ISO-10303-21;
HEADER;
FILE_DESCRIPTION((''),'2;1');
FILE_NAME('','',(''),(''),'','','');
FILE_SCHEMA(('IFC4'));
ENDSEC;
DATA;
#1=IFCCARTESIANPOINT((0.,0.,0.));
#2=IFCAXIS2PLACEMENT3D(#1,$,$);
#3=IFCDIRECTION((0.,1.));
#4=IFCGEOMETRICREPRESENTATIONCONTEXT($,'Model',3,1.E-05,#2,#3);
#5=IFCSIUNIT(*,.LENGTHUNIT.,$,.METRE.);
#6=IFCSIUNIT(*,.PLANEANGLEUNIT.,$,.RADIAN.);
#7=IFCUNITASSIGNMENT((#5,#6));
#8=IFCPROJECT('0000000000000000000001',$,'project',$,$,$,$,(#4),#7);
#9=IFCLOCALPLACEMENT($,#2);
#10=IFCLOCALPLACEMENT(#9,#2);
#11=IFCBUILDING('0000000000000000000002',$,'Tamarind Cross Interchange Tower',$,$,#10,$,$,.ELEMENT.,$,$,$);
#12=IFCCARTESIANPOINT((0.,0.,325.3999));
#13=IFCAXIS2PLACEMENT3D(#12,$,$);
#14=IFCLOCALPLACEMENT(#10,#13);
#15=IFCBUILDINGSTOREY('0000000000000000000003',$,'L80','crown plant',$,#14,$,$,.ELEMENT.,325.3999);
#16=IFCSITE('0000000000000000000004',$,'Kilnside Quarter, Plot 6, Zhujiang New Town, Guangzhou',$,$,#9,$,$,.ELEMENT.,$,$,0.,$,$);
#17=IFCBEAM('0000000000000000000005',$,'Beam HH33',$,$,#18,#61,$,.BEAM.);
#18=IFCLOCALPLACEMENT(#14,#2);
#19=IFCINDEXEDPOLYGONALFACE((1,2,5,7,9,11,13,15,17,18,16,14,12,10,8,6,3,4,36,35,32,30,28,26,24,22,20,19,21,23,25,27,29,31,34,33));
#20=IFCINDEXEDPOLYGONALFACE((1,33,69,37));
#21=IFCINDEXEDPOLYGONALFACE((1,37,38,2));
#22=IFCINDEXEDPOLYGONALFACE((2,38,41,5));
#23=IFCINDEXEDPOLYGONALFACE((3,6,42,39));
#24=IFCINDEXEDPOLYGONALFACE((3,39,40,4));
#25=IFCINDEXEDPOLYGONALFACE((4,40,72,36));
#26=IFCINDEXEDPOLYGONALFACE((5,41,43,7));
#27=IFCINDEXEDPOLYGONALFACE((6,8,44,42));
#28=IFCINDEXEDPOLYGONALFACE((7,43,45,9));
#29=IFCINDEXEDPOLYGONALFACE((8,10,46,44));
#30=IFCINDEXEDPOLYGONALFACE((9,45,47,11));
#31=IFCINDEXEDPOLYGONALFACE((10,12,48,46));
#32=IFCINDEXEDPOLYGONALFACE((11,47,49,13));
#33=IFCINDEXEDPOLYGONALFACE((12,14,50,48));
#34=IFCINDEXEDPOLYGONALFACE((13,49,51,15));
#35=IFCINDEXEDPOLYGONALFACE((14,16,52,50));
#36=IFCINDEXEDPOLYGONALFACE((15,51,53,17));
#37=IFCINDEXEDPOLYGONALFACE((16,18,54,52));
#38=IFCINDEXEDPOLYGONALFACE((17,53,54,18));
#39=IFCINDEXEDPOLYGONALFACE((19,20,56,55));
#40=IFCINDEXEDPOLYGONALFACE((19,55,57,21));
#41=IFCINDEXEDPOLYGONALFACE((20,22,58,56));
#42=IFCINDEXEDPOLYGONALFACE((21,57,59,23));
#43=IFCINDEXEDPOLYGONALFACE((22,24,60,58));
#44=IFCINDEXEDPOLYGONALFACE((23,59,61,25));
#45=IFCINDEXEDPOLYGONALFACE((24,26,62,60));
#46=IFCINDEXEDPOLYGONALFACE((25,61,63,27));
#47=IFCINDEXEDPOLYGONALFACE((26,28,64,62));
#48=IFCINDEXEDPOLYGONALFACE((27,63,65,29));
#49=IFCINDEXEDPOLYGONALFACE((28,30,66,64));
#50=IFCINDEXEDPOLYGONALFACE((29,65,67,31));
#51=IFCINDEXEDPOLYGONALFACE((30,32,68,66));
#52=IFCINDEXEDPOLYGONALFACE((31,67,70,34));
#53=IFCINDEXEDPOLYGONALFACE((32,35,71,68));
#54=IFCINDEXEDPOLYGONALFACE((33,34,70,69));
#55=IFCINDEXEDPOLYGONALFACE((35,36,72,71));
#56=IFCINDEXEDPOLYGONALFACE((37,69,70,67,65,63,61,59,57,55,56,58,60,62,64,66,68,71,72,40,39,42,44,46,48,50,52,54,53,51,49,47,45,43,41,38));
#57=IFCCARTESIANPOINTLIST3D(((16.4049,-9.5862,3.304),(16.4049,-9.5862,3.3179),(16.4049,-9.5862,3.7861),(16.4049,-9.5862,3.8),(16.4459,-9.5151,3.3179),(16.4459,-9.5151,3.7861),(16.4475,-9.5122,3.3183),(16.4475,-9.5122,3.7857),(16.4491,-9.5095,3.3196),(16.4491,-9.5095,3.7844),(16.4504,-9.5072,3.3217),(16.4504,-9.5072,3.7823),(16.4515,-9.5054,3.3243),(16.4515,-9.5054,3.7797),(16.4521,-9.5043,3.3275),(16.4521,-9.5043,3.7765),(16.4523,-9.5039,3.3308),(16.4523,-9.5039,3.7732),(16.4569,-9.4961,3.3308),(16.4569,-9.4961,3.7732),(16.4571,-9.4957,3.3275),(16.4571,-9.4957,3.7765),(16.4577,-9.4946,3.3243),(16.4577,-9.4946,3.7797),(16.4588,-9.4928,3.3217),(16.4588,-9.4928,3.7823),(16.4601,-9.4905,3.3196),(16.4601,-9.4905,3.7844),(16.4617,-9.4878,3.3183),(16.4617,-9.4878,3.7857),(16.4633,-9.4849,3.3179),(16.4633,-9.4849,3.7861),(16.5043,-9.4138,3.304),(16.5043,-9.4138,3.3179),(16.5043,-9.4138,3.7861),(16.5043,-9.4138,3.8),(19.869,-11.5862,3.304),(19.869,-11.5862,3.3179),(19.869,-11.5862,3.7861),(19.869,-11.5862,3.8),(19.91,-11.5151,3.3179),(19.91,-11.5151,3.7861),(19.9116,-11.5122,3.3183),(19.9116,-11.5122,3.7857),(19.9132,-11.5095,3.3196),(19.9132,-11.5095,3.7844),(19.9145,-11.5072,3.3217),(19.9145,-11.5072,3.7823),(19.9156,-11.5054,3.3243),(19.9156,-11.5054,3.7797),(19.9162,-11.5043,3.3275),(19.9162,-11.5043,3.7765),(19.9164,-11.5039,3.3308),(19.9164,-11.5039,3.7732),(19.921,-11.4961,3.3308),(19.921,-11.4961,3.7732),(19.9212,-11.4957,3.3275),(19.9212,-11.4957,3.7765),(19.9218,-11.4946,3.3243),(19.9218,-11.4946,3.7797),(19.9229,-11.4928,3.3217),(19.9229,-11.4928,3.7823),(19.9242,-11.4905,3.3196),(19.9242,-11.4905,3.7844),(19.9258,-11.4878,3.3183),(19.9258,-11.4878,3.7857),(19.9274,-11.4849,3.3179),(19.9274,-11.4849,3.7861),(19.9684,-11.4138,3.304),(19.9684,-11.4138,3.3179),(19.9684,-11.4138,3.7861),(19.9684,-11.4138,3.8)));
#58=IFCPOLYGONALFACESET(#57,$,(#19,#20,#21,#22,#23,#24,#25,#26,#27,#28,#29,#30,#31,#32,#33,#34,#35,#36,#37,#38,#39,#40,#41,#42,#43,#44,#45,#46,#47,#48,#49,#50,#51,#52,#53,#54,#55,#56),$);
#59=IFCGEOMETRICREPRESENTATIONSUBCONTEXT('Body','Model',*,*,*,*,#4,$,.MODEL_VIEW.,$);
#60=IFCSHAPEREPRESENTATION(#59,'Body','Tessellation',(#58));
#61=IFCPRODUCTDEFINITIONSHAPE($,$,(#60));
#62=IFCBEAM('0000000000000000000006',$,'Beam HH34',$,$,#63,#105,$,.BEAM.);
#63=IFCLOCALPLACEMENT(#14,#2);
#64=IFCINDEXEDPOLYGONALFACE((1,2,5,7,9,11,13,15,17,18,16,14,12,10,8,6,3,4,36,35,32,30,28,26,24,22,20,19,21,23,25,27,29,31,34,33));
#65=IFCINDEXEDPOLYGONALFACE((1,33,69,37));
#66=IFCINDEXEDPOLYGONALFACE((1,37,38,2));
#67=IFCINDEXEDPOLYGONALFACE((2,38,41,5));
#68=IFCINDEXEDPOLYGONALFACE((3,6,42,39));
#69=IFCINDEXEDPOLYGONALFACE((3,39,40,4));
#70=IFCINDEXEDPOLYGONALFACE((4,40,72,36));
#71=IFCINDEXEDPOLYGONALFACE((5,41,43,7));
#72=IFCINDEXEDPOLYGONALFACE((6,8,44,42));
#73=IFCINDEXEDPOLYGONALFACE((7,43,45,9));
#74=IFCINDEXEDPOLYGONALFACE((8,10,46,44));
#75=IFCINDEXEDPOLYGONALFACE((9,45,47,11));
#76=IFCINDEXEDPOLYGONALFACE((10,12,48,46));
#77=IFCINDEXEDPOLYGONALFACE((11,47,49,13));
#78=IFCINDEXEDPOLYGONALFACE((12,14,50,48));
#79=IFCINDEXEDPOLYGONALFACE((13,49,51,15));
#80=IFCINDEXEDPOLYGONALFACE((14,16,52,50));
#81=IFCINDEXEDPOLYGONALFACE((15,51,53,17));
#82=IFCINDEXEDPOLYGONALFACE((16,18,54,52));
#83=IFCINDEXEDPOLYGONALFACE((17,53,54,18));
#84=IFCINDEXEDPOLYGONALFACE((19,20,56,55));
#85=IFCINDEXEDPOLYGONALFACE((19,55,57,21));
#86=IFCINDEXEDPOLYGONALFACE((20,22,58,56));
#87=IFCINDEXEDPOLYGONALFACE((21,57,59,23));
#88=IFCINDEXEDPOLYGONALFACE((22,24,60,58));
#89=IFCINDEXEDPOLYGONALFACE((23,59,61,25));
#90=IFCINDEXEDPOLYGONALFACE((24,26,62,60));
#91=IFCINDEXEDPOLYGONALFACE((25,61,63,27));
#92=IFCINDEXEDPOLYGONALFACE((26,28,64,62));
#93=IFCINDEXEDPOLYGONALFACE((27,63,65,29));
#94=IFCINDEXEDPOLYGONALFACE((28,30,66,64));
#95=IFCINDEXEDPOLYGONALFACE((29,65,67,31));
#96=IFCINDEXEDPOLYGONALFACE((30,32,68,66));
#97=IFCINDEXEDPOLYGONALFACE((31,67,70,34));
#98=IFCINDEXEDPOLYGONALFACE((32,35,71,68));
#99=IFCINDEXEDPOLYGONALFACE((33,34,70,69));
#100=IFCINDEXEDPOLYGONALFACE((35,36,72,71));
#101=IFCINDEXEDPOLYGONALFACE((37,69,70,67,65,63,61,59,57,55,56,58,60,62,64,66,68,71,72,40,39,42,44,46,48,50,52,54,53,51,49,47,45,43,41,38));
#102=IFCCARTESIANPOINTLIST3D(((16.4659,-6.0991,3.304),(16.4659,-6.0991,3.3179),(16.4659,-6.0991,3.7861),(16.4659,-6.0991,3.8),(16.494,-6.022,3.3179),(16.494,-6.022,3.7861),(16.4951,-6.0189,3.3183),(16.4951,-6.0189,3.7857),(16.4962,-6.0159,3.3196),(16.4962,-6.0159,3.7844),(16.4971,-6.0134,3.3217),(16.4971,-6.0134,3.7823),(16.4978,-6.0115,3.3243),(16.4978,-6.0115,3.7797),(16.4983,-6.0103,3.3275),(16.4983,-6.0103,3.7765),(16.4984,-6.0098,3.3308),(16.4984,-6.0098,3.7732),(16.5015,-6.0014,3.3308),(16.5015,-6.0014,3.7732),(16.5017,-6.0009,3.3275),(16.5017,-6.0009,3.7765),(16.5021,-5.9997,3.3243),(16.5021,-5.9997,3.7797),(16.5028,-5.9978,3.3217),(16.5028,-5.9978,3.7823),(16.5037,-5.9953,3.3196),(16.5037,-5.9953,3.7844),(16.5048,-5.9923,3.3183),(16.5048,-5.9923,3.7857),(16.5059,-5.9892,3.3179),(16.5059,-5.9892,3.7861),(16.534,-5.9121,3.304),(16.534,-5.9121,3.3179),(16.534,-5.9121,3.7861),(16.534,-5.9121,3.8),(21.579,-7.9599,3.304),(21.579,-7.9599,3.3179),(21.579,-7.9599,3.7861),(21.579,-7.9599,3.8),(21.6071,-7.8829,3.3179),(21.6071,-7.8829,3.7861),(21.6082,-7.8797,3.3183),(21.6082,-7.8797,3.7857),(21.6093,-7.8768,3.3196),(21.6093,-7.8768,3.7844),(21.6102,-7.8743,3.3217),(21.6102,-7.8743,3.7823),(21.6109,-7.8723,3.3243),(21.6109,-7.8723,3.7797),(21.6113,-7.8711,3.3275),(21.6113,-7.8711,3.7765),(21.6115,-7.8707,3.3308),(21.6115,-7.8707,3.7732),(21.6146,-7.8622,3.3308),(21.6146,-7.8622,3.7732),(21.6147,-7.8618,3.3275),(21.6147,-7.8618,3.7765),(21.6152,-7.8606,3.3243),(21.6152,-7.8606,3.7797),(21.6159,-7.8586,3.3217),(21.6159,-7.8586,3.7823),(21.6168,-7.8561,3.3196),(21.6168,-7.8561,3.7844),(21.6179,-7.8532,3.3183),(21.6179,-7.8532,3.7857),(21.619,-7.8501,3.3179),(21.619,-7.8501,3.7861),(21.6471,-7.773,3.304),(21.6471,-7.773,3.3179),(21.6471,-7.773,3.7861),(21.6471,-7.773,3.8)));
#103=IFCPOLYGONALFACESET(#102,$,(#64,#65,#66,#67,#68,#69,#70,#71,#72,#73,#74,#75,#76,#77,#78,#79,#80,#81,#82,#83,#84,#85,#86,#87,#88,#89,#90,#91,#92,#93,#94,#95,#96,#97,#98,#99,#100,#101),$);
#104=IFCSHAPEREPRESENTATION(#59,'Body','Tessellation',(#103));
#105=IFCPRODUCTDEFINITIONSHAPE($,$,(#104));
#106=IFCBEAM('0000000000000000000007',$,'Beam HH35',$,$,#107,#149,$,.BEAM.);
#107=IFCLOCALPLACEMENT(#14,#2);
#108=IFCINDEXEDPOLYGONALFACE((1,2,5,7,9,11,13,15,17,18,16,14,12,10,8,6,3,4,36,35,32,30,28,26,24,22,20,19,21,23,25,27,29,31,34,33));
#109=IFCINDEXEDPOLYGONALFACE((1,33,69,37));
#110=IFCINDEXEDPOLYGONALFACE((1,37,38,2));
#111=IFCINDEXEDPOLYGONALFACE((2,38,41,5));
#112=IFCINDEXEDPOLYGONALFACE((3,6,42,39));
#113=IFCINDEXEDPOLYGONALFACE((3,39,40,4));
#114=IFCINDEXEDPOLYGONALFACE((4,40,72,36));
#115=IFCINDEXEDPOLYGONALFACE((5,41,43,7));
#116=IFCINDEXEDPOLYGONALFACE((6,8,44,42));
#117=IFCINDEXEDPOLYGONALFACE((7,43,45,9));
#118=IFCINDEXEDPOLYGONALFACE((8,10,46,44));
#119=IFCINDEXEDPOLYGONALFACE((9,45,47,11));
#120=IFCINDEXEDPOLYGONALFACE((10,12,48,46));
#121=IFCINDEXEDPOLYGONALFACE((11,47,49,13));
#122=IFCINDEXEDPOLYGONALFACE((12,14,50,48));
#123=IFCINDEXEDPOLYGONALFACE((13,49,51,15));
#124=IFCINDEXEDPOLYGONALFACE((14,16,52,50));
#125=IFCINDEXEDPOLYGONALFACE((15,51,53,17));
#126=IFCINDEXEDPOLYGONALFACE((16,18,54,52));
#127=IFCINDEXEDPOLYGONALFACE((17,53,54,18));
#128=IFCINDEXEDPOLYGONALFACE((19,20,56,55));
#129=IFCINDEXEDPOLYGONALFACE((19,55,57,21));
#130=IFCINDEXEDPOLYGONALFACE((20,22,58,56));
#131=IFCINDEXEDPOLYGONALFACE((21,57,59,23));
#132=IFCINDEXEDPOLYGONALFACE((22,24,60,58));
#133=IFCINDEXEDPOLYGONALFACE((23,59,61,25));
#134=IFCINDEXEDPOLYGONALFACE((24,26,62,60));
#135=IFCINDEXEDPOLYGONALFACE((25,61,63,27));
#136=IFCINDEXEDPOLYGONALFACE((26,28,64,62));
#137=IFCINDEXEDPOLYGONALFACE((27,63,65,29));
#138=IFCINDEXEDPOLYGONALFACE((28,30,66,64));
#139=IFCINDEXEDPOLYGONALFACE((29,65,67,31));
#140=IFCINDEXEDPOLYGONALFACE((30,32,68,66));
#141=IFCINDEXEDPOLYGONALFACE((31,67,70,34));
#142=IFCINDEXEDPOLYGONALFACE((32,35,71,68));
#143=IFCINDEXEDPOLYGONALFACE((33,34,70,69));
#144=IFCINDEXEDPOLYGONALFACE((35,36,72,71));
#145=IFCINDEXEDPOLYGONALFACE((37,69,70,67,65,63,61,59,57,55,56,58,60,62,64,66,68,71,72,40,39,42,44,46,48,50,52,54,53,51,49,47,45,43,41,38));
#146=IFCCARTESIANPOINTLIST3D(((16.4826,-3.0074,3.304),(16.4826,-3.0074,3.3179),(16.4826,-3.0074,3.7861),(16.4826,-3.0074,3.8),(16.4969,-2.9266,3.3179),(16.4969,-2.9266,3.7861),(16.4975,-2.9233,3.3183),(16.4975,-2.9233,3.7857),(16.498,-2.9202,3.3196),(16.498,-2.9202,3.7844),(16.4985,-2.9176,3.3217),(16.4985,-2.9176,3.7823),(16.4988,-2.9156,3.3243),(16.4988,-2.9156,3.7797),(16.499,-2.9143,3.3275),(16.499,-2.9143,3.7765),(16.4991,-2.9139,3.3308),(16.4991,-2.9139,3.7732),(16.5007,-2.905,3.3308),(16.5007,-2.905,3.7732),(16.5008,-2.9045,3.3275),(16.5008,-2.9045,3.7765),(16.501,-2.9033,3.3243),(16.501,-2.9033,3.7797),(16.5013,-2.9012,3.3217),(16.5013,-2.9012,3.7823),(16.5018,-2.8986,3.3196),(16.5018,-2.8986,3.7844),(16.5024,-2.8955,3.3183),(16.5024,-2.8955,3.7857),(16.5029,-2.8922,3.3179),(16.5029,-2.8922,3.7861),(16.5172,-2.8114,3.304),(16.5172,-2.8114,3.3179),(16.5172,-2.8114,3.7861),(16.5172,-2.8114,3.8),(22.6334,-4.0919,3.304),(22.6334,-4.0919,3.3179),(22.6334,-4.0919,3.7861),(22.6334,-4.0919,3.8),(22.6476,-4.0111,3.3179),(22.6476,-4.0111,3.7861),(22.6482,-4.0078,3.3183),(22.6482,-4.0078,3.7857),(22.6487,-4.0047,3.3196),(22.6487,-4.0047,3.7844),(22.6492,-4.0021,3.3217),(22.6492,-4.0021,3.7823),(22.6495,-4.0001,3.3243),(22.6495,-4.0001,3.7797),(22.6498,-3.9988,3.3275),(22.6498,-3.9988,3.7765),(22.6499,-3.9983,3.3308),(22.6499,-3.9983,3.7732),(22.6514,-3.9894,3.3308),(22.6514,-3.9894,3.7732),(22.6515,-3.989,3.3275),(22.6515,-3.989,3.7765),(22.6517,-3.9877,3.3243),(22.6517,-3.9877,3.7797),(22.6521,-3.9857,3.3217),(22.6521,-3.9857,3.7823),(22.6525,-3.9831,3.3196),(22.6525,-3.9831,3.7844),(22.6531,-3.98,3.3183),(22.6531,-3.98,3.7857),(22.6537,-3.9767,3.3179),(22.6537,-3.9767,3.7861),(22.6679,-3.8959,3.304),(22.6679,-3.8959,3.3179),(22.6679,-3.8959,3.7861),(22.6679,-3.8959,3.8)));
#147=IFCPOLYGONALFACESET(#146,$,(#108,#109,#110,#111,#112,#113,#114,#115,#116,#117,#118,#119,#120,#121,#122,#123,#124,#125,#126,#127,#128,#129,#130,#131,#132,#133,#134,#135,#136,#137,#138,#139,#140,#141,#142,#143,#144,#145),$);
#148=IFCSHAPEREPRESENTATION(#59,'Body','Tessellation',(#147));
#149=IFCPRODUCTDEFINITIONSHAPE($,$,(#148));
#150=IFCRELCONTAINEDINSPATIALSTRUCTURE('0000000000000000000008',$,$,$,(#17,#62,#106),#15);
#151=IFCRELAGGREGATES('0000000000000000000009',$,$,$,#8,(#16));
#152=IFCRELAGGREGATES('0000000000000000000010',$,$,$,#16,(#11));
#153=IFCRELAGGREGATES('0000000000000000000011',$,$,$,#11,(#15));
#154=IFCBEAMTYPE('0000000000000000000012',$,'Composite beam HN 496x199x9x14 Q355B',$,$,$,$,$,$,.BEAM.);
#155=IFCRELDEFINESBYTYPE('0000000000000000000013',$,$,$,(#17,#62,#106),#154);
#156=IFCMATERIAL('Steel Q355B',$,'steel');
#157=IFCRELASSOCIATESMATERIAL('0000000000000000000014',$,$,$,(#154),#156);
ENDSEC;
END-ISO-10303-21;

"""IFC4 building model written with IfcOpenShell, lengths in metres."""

from ifc_helpers import new_model, si_unit, direction, frame, origin, origin_2d, place, context, subcontext, project, spatial, i_section, extrude, material, material_profile, profile_set, type_object, element, save


model = new_model("IFC4")

# Units and contexts
model_context = context("Model", 3, precision=1e-05, world=origin(), true_north=direction((0.0, 1.0)))
body_context = subcontext(model_context, "Body", "Model", "MODEL_VIEW")
ifc_project = project(units=[si_unit("LENGTHUNIT", "METRE"), si_unit("PLANEANGLEUNIT", "RADIAN")], contexts=[model_context])

# Site, building, storey
site_placement = place(None, origin())
site = spatial("IfcSite", under=ifc_project, at=site_placement, Name="Kilnside Quarter, Plot 6, Zhujiang New Town, Guangzhou", CompositionType="ELEMENT", RefElevation=0.0)
building_placement = place(site_placement, origin())
building = spatial("IfcBuilding", under=site, at=building_placement, Name="Tamarind Cross Interchange Tower", CompositionType="ELEMENT")
storey_placement = place(building_placement, frame((0.0, 0.0, 325.3999)))
storey = spatial("IfcBuildingStorey", under=building, at=storey_placement, Name="L80", Description="crown plant", CompositionType="ELEMENT", Elevation=325.3999)

# Beams
ifc_material_1 = material(Name="Steel Q355B", Category="steel")
ifc_material_profile = material_profile(ifc_material_1, i_section(OverallWidth=0.199, OverallDepth=0.4961, WebThickness=0.009, FlangeThickness=0.0139, FilletRadius=0.0129, at=origin_2d()), Name="HN 496x199x9x14")
ifc_profile_set = profile_set([ifc_material_profile], Name="Steel Q355B")
beam_type = type_object("IfcBeamType", Name="Composite beam HN 496x199x9x14 Q355B", PredefinedType="BEAM", material=ifc_profile_set)
beam_1_placement = place(storey_placement, frame((19.9187, -11.5, 3.552), z_axis=(-0.866026, 0.499999, 0.0), x_axis=(-0.499999, -0.866026, 0.0)))
element("IfcBeam", 1, at=beam_1_placement, inside=storey, type_object=beam_type, Name="Beam HH33", PredefinedType="BEAM", context=body_context, shape_type="SweptSolid", body=[
    extrude(i_section(OverallWidth=0.199, OverallDepth=0.4961, WebThickness=0.009, FlangeThickness=0.0139, FilletRadius=0.0129, at=origin_2d()), origin(), (0.0, 0.0, 1.0), 4.0),
])
beam_2_placement = place(storey_placement, frame((21.613, -7.8665, 3.552), z_axis=(-0.939702, 0.341995, 0.0), x_axis=(-0.341995, -0.939702, 0.0)))
element("IfcBeam", 2, at=beam_2_placement, inside=storey, type_object=beam_type, Name="Beam HH34", PredefinedType="BEAM", context=body_context, shape_type="SweptSolid", body=[
    extrude(i_section(OverallWidth=0.199, OverallDepth=0.4961, WebThickness=0.009, FlangeThickness=0.0139, FilletRadius=0.0129, at=origin_2d()), origin(), (0.0, 0.0, 1.0), 5.4412),
])
beam_3_placement = place(storey_placement, frame((22.6506, -3.9939, 3.552), z_axis=(-0.984809, 0.17364, 0.0), x_axis=(-0.17364, -0.984809, 0.0)))
element("IfcBeam", 3, at=beam_3_placement, inside=storey, type_object=beam_type, Name="Beam HH35", PredefinedType="BEAM", context=body_context, shape_type="SweptSolid", body=[
    extrude(i_section(OverallWidth=0.199, OverallDepth=0.4961, WebThickness=0.009, FlangeThickness=0.0139, FilletRadius=0.0129, at=origin_2d()), origin(), (0.0, 0.0, 1.0), 6.2456),
])

save(model, "model.ifc")
